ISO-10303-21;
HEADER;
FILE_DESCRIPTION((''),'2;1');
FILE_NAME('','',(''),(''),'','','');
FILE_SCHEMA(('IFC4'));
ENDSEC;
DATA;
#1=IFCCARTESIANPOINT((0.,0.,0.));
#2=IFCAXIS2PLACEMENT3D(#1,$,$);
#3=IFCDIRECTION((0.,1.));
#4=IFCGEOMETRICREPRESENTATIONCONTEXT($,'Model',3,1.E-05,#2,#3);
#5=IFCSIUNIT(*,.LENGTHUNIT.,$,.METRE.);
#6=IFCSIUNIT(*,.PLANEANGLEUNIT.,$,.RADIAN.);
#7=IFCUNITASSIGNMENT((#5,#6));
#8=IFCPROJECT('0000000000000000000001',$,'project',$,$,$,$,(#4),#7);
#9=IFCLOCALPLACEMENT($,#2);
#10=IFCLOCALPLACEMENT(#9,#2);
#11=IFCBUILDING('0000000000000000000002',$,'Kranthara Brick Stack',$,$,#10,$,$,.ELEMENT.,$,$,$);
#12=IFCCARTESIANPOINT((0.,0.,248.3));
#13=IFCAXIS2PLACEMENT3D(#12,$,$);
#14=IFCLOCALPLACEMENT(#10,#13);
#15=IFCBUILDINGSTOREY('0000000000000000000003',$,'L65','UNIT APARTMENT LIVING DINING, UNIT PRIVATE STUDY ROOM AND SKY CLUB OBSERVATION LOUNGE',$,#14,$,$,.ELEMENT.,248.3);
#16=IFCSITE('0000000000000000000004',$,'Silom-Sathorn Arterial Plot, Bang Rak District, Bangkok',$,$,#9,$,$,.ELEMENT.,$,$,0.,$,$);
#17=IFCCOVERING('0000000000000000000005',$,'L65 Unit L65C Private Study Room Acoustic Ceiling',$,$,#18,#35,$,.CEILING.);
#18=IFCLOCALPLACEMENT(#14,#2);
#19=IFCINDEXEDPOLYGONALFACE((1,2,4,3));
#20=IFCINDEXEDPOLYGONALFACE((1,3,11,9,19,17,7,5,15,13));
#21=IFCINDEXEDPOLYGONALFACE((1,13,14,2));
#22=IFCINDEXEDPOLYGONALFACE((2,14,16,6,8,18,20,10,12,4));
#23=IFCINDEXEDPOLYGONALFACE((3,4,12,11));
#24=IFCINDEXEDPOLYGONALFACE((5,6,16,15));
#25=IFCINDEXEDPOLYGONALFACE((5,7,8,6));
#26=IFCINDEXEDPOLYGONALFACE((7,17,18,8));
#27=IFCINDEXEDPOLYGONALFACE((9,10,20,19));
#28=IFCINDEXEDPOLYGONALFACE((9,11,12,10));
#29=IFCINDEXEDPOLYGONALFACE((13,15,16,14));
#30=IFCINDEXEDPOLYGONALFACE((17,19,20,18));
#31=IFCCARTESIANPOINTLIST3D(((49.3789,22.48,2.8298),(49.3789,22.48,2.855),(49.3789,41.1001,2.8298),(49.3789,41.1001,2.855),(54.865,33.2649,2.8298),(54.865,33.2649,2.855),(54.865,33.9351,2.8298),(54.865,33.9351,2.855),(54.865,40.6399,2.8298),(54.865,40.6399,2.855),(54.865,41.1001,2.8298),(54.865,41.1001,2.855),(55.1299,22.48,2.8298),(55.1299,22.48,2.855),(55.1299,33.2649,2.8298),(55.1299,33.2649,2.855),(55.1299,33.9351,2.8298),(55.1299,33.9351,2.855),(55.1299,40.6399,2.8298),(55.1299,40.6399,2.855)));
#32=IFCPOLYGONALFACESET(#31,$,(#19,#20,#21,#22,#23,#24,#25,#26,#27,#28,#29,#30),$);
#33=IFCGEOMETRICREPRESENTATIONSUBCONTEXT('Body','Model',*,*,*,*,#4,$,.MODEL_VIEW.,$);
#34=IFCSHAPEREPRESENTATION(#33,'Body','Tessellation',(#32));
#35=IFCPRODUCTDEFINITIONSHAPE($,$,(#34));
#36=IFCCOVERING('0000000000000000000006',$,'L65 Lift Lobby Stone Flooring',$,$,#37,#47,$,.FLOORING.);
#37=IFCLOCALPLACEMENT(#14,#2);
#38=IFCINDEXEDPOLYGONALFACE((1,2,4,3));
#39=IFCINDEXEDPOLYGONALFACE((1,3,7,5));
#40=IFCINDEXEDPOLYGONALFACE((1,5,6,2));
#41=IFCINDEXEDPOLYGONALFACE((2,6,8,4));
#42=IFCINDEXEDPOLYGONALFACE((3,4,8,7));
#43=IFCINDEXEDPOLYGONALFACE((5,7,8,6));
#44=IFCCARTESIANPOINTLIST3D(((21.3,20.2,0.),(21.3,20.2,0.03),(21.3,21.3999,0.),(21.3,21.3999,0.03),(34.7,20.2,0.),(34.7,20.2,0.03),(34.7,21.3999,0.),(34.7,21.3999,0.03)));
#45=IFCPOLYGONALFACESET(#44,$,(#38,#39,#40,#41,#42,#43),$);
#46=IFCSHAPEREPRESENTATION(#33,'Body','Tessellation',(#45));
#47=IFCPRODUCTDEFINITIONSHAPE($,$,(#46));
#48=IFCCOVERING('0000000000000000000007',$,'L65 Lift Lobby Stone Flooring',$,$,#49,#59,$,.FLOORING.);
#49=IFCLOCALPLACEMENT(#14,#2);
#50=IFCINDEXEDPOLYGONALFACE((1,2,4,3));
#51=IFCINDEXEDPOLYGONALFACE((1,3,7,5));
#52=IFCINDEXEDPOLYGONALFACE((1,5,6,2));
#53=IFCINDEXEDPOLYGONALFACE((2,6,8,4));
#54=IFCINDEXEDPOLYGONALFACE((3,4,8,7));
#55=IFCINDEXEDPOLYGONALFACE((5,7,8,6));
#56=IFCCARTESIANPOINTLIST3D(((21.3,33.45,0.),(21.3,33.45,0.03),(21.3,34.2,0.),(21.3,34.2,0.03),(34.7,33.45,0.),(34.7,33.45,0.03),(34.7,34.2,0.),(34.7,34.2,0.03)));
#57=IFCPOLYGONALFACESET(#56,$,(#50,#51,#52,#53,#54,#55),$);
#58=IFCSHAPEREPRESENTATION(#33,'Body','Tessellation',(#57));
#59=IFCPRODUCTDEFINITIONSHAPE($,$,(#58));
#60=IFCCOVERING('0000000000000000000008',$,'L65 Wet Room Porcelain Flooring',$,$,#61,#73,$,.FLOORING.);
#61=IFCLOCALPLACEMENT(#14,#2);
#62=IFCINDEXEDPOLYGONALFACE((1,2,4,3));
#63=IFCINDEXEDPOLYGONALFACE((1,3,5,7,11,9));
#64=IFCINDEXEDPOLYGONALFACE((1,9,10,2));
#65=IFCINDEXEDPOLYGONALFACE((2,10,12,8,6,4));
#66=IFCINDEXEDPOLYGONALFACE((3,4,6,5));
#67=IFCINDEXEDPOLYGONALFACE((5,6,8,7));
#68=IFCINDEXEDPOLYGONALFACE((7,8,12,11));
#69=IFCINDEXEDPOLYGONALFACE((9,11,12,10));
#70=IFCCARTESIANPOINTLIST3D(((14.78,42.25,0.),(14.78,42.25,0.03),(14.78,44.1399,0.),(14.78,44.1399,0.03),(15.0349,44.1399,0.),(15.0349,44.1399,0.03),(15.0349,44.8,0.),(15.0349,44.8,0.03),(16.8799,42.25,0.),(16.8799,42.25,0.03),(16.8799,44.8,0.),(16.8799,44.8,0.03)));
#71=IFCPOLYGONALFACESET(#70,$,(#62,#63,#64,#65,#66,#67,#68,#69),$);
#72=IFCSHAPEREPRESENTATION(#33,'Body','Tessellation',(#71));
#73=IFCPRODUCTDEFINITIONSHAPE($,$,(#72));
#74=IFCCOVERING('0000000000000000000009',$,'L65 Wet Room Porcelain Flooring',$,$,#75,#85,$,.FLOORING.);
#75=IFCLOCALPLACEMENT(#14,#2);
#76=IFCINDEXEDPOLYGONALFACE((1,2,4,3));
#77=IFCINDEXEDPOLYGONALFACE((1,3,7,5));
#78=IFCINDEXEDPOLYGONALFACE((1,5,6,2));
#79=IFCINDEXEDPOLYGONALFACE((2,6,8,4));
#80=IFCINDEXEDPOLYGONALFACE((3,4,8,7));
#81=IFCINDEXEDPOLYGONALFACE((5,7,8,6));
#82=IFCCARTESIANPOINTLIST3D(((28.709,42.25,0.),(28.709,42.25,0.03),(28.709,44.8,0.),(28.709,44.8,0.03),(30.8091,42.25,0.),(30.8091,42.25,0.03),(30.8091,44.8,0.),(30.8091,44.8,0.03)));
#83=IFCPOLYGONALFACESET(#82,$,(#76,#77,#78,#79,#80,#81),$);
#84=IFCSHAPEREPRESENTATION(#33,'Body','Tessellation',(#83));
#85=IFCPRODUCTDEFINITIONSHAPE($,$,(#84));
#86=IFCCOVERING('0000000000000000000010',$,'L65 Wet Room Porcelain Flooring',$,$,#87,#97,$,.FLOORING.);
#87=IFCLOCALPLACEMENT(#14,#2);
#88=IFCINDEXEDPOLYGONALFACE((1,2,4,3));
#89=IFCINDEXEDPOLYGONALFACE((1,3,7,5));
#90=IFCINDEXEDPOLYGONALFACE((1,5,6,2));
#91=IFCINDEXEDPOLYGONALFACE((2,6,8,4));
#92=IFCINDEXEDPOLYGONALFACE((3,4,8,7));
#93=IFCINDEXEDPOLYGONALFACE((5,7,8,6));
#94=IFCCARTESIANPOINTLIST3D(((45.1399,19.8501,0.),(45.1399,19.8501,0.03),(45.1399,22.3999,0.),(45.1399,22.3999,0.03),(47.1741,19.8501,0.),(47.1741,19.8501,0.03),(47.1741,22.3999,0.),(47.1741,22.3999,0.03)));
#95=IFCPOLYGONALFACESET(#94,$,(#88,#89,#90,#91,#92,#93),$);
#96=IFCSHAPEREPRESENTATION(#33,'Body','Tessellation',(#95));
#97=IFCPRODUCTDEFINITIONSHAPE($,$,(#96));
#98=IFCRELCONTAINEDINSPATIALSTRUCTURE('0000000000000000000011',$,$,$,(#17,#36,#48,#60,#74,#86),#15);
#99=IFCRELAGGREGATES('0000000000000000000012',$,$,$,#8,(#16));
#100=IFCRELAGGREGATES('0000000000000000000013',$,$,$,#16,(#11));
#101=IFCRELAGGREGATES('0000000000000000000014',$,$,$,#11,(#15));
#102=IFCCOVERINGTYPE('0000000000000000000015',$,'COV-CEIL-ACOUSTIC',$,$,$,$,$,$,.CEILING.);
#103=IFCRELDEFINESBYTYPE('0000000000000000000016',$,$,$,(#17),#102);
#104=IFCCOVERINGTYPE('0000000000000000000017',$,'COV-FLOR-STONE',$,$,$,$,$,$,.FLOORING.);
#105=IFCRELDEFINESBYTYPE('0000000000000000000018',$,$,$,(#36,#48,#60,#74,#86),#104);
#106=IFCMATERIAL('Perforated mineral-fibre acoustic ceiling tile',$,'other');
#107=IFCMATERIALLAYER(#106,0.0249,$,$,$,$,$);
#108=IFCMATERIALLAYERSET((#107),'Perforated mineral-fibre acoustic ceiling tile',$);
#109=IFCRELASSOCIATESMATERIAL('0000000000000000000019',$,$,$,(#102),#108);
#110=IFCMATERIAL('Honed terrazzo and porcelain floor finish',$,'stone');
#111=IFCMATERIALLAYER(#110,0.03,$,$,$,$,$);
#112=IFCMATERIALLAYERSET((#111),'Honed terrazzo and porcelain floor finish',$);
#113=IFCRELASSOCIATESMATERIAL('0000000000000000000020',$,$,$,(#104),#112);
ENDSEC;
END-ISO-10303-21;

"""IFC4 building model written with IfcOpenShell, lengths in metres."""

from ifc_helpers import new_model, si_unit, direction, frame, origin, place, context, subcontext, project, spatial, polyline, outline, extrude, material, layer, layer_set, type_object, element, save


model = new_model("IFC4")

# Units and contexts
model_context = context("Model", 3, precision=1e-05, world=origin(), true_north=direction((0.0, 1.0)))
body_context = subcontext(model_context, "Body", "Model", "MODEL_VIEW")
ifc_project = project(units=[si_unit("LENGTHUNIT", "METRE"), si_unit("PLANEANGLEUNIT", "RADIAN")], contexts=[model_context])

# Site, building, storey
site_placement = place(None, origin())
site = spatial("IfcSite", under=ifc_project, at=site_placement, Name="Silom-Sathorn Arterial Plot, Bang Rak District, Bangkok", CompositionType="ELEMENT", RefElevation=0.0)
building_placement = place(site_placement, origin())
building = spatial("IfcBuilding", under=site, at=building_placement, Name="Kranthara Brick Stack", CompositionType="ELEMENT")
storey_placement = place(building_placement, frame((0.0, 0.0, 248.3)))
storey = spatial("IfcBuildingStorey", under=building, at=storey_placement, Name="L65", Description="UNIT APARTMENT LIVING DINING, UNIT PRIVATE STUDY ROOM AND SKY CLUB OBSERVATION LOUNGE", CompositionType="ELEMENT", Elevation=248.3)

# Coverings
ifc_material_1 = material(Name="Perforated mineral-fibre acoustic ceiling tile", Category="other")
ifc_layer_1 = layer(ifc_material_1, 0.0249)
ifc_layer_set_1 = layer_set([ifc_layer_1], Name="Perforated mineral-fibre acoustic ceiling tile")
covering_type_1 = type_object("IfcCoveringType", Name="COV-CEIL-ACOUSTIC", PredefinedType="CEILING", material=ifc_layer_set_1)
covering_1_placement = place(storey_placement, frame((0.0, 0.0, 2.8298)))
element("IfcCovering", 1, at=covering_1_placement, inside=storey, type_object=covering_type_1, Name="L65 Unit L65C Private Study Room Acoustic Ceiling", PredefinedType="CEILING", context=body_context, shape_type="SweptSolid", body=[
    extrude(outline(polyline([(49.3789, 22.48), (49.3789, 41.1001), (54.865, 41.1001), (54.865, 40.6399), (55.1299, 40.6399), (55.1299, 33.9351), (54.865, 33.9351), (54.865, 33.2649), (55.1299, 33.2649), (55.1299, 22.48), (49.3789, 22.48)])), origin(), (0.0, 0.0, 1.0), 0.0251),
])
ifc_material_2 = material(Name="Honed terrazzo and porcelain floor finish", Category="stone")
ifc_layer_2 = layer(ifc_material_2, 0.03)
ifc_layer_set_2 = layer_set([ifc_layer_2], Name="Honed terrazzo and porcelain floor finish")
covering_type_2 = type_object("IfcCoveringType", Name="COV-FLOR-STONE", PredefinedType="FLOORING", material=ifc_layer_set_2)
covering_2_placement = place(storey_placement, origin())
element("IfcCovering", 2, at=covering_2_placement, inside=storey, type_object=covering_type_2, Name="L65 Lift Lobby Stone Flooring", PredefinedType="FLOORING", context=body_context, shape_type="SweptSolid", body=[
    extrude(outline(polyline([(34.7, 20.2), (21.3, 20.2), (21.3, 21.3999), (34.7, 21.3999), (34.7, 20.2)])), origin(), (0.0, 0.0, 1.0), 0.03),
])
covering_3_placement = place(storey_placement, origin())
element("IfcCovering", 3, at=covering_3_placement, inside=storey, type_object=covering_type_2, Name="L65 Lift Lobby Stone Flooring", PredefinedType="FLOORING", context=body_context, shape_type="SweptSolid", body=[
    extrude(outline(polyline([(34.7, 33.45), (21.3, 33.45), (21.3, 34.2), (34.7, 34.2), (34.7, 33.45)])), origin(), (0.0, 0.0, 1.0), 0.03),
])
covering_4_placement = place(storey_placement, origin())
element("IfcCovering", 4, at=covering_4_placement, inside=storey, type_object=covering_type_2, Name="L65 Wet Room Porcelain Flooring", PredefinedType="FLOORING", context=body_context, shape_type="SweptSolid", body=[
    extrude(outline(polyline([(16.8799, 44.8), (16.8799, 42.25), (14.78, 42.25), (14.78, 44.1399), (15.0349, 44.1399), (15.0349, 44.8), (16.8799, 44.8)])), origin(), (0.0, 0.0, 1.0), 0.03),
])
covering_5_placement = place(storey_placement, origin())
element("IfcCovering", 5, at=covering_5_placement, inside=storey, type_object=covering_type_2, Name="L65 Wet Room Porcelain Flooring", PredefinedType="FLOORING", context=body_context, shape_type="SweptSolid", body=[
    extrude(outline(polyline([(30.8091, 42.25), (30.8091, 44.8), (28.709, 44.8), (28.709, 42.25), (30.8091, 42.25)])), origin(), (0.0, 0.0, 1.0), 0.03),
])
covering_6_placement = place(storey_placement, origin())
element("IfcCovering", 6, at=covering_6_placement, inside=storey, type_object=covering_type_2, Name="L65 Wet Room Porcelain Flooring", PredefinedType="FLOORING", context=body_context, shape_type="SweptSolid", body=[
    extrude(outline(polyline([(47.1741, 19.8501), (47.1741, 22.3999), (45.1399, 22.3999), (45.1399, 19.8501), (47.1741, 19.8501)])), origin(), (0.0, 0.0, 1.0), 0.03),
])

save(model, "model.ifc")
